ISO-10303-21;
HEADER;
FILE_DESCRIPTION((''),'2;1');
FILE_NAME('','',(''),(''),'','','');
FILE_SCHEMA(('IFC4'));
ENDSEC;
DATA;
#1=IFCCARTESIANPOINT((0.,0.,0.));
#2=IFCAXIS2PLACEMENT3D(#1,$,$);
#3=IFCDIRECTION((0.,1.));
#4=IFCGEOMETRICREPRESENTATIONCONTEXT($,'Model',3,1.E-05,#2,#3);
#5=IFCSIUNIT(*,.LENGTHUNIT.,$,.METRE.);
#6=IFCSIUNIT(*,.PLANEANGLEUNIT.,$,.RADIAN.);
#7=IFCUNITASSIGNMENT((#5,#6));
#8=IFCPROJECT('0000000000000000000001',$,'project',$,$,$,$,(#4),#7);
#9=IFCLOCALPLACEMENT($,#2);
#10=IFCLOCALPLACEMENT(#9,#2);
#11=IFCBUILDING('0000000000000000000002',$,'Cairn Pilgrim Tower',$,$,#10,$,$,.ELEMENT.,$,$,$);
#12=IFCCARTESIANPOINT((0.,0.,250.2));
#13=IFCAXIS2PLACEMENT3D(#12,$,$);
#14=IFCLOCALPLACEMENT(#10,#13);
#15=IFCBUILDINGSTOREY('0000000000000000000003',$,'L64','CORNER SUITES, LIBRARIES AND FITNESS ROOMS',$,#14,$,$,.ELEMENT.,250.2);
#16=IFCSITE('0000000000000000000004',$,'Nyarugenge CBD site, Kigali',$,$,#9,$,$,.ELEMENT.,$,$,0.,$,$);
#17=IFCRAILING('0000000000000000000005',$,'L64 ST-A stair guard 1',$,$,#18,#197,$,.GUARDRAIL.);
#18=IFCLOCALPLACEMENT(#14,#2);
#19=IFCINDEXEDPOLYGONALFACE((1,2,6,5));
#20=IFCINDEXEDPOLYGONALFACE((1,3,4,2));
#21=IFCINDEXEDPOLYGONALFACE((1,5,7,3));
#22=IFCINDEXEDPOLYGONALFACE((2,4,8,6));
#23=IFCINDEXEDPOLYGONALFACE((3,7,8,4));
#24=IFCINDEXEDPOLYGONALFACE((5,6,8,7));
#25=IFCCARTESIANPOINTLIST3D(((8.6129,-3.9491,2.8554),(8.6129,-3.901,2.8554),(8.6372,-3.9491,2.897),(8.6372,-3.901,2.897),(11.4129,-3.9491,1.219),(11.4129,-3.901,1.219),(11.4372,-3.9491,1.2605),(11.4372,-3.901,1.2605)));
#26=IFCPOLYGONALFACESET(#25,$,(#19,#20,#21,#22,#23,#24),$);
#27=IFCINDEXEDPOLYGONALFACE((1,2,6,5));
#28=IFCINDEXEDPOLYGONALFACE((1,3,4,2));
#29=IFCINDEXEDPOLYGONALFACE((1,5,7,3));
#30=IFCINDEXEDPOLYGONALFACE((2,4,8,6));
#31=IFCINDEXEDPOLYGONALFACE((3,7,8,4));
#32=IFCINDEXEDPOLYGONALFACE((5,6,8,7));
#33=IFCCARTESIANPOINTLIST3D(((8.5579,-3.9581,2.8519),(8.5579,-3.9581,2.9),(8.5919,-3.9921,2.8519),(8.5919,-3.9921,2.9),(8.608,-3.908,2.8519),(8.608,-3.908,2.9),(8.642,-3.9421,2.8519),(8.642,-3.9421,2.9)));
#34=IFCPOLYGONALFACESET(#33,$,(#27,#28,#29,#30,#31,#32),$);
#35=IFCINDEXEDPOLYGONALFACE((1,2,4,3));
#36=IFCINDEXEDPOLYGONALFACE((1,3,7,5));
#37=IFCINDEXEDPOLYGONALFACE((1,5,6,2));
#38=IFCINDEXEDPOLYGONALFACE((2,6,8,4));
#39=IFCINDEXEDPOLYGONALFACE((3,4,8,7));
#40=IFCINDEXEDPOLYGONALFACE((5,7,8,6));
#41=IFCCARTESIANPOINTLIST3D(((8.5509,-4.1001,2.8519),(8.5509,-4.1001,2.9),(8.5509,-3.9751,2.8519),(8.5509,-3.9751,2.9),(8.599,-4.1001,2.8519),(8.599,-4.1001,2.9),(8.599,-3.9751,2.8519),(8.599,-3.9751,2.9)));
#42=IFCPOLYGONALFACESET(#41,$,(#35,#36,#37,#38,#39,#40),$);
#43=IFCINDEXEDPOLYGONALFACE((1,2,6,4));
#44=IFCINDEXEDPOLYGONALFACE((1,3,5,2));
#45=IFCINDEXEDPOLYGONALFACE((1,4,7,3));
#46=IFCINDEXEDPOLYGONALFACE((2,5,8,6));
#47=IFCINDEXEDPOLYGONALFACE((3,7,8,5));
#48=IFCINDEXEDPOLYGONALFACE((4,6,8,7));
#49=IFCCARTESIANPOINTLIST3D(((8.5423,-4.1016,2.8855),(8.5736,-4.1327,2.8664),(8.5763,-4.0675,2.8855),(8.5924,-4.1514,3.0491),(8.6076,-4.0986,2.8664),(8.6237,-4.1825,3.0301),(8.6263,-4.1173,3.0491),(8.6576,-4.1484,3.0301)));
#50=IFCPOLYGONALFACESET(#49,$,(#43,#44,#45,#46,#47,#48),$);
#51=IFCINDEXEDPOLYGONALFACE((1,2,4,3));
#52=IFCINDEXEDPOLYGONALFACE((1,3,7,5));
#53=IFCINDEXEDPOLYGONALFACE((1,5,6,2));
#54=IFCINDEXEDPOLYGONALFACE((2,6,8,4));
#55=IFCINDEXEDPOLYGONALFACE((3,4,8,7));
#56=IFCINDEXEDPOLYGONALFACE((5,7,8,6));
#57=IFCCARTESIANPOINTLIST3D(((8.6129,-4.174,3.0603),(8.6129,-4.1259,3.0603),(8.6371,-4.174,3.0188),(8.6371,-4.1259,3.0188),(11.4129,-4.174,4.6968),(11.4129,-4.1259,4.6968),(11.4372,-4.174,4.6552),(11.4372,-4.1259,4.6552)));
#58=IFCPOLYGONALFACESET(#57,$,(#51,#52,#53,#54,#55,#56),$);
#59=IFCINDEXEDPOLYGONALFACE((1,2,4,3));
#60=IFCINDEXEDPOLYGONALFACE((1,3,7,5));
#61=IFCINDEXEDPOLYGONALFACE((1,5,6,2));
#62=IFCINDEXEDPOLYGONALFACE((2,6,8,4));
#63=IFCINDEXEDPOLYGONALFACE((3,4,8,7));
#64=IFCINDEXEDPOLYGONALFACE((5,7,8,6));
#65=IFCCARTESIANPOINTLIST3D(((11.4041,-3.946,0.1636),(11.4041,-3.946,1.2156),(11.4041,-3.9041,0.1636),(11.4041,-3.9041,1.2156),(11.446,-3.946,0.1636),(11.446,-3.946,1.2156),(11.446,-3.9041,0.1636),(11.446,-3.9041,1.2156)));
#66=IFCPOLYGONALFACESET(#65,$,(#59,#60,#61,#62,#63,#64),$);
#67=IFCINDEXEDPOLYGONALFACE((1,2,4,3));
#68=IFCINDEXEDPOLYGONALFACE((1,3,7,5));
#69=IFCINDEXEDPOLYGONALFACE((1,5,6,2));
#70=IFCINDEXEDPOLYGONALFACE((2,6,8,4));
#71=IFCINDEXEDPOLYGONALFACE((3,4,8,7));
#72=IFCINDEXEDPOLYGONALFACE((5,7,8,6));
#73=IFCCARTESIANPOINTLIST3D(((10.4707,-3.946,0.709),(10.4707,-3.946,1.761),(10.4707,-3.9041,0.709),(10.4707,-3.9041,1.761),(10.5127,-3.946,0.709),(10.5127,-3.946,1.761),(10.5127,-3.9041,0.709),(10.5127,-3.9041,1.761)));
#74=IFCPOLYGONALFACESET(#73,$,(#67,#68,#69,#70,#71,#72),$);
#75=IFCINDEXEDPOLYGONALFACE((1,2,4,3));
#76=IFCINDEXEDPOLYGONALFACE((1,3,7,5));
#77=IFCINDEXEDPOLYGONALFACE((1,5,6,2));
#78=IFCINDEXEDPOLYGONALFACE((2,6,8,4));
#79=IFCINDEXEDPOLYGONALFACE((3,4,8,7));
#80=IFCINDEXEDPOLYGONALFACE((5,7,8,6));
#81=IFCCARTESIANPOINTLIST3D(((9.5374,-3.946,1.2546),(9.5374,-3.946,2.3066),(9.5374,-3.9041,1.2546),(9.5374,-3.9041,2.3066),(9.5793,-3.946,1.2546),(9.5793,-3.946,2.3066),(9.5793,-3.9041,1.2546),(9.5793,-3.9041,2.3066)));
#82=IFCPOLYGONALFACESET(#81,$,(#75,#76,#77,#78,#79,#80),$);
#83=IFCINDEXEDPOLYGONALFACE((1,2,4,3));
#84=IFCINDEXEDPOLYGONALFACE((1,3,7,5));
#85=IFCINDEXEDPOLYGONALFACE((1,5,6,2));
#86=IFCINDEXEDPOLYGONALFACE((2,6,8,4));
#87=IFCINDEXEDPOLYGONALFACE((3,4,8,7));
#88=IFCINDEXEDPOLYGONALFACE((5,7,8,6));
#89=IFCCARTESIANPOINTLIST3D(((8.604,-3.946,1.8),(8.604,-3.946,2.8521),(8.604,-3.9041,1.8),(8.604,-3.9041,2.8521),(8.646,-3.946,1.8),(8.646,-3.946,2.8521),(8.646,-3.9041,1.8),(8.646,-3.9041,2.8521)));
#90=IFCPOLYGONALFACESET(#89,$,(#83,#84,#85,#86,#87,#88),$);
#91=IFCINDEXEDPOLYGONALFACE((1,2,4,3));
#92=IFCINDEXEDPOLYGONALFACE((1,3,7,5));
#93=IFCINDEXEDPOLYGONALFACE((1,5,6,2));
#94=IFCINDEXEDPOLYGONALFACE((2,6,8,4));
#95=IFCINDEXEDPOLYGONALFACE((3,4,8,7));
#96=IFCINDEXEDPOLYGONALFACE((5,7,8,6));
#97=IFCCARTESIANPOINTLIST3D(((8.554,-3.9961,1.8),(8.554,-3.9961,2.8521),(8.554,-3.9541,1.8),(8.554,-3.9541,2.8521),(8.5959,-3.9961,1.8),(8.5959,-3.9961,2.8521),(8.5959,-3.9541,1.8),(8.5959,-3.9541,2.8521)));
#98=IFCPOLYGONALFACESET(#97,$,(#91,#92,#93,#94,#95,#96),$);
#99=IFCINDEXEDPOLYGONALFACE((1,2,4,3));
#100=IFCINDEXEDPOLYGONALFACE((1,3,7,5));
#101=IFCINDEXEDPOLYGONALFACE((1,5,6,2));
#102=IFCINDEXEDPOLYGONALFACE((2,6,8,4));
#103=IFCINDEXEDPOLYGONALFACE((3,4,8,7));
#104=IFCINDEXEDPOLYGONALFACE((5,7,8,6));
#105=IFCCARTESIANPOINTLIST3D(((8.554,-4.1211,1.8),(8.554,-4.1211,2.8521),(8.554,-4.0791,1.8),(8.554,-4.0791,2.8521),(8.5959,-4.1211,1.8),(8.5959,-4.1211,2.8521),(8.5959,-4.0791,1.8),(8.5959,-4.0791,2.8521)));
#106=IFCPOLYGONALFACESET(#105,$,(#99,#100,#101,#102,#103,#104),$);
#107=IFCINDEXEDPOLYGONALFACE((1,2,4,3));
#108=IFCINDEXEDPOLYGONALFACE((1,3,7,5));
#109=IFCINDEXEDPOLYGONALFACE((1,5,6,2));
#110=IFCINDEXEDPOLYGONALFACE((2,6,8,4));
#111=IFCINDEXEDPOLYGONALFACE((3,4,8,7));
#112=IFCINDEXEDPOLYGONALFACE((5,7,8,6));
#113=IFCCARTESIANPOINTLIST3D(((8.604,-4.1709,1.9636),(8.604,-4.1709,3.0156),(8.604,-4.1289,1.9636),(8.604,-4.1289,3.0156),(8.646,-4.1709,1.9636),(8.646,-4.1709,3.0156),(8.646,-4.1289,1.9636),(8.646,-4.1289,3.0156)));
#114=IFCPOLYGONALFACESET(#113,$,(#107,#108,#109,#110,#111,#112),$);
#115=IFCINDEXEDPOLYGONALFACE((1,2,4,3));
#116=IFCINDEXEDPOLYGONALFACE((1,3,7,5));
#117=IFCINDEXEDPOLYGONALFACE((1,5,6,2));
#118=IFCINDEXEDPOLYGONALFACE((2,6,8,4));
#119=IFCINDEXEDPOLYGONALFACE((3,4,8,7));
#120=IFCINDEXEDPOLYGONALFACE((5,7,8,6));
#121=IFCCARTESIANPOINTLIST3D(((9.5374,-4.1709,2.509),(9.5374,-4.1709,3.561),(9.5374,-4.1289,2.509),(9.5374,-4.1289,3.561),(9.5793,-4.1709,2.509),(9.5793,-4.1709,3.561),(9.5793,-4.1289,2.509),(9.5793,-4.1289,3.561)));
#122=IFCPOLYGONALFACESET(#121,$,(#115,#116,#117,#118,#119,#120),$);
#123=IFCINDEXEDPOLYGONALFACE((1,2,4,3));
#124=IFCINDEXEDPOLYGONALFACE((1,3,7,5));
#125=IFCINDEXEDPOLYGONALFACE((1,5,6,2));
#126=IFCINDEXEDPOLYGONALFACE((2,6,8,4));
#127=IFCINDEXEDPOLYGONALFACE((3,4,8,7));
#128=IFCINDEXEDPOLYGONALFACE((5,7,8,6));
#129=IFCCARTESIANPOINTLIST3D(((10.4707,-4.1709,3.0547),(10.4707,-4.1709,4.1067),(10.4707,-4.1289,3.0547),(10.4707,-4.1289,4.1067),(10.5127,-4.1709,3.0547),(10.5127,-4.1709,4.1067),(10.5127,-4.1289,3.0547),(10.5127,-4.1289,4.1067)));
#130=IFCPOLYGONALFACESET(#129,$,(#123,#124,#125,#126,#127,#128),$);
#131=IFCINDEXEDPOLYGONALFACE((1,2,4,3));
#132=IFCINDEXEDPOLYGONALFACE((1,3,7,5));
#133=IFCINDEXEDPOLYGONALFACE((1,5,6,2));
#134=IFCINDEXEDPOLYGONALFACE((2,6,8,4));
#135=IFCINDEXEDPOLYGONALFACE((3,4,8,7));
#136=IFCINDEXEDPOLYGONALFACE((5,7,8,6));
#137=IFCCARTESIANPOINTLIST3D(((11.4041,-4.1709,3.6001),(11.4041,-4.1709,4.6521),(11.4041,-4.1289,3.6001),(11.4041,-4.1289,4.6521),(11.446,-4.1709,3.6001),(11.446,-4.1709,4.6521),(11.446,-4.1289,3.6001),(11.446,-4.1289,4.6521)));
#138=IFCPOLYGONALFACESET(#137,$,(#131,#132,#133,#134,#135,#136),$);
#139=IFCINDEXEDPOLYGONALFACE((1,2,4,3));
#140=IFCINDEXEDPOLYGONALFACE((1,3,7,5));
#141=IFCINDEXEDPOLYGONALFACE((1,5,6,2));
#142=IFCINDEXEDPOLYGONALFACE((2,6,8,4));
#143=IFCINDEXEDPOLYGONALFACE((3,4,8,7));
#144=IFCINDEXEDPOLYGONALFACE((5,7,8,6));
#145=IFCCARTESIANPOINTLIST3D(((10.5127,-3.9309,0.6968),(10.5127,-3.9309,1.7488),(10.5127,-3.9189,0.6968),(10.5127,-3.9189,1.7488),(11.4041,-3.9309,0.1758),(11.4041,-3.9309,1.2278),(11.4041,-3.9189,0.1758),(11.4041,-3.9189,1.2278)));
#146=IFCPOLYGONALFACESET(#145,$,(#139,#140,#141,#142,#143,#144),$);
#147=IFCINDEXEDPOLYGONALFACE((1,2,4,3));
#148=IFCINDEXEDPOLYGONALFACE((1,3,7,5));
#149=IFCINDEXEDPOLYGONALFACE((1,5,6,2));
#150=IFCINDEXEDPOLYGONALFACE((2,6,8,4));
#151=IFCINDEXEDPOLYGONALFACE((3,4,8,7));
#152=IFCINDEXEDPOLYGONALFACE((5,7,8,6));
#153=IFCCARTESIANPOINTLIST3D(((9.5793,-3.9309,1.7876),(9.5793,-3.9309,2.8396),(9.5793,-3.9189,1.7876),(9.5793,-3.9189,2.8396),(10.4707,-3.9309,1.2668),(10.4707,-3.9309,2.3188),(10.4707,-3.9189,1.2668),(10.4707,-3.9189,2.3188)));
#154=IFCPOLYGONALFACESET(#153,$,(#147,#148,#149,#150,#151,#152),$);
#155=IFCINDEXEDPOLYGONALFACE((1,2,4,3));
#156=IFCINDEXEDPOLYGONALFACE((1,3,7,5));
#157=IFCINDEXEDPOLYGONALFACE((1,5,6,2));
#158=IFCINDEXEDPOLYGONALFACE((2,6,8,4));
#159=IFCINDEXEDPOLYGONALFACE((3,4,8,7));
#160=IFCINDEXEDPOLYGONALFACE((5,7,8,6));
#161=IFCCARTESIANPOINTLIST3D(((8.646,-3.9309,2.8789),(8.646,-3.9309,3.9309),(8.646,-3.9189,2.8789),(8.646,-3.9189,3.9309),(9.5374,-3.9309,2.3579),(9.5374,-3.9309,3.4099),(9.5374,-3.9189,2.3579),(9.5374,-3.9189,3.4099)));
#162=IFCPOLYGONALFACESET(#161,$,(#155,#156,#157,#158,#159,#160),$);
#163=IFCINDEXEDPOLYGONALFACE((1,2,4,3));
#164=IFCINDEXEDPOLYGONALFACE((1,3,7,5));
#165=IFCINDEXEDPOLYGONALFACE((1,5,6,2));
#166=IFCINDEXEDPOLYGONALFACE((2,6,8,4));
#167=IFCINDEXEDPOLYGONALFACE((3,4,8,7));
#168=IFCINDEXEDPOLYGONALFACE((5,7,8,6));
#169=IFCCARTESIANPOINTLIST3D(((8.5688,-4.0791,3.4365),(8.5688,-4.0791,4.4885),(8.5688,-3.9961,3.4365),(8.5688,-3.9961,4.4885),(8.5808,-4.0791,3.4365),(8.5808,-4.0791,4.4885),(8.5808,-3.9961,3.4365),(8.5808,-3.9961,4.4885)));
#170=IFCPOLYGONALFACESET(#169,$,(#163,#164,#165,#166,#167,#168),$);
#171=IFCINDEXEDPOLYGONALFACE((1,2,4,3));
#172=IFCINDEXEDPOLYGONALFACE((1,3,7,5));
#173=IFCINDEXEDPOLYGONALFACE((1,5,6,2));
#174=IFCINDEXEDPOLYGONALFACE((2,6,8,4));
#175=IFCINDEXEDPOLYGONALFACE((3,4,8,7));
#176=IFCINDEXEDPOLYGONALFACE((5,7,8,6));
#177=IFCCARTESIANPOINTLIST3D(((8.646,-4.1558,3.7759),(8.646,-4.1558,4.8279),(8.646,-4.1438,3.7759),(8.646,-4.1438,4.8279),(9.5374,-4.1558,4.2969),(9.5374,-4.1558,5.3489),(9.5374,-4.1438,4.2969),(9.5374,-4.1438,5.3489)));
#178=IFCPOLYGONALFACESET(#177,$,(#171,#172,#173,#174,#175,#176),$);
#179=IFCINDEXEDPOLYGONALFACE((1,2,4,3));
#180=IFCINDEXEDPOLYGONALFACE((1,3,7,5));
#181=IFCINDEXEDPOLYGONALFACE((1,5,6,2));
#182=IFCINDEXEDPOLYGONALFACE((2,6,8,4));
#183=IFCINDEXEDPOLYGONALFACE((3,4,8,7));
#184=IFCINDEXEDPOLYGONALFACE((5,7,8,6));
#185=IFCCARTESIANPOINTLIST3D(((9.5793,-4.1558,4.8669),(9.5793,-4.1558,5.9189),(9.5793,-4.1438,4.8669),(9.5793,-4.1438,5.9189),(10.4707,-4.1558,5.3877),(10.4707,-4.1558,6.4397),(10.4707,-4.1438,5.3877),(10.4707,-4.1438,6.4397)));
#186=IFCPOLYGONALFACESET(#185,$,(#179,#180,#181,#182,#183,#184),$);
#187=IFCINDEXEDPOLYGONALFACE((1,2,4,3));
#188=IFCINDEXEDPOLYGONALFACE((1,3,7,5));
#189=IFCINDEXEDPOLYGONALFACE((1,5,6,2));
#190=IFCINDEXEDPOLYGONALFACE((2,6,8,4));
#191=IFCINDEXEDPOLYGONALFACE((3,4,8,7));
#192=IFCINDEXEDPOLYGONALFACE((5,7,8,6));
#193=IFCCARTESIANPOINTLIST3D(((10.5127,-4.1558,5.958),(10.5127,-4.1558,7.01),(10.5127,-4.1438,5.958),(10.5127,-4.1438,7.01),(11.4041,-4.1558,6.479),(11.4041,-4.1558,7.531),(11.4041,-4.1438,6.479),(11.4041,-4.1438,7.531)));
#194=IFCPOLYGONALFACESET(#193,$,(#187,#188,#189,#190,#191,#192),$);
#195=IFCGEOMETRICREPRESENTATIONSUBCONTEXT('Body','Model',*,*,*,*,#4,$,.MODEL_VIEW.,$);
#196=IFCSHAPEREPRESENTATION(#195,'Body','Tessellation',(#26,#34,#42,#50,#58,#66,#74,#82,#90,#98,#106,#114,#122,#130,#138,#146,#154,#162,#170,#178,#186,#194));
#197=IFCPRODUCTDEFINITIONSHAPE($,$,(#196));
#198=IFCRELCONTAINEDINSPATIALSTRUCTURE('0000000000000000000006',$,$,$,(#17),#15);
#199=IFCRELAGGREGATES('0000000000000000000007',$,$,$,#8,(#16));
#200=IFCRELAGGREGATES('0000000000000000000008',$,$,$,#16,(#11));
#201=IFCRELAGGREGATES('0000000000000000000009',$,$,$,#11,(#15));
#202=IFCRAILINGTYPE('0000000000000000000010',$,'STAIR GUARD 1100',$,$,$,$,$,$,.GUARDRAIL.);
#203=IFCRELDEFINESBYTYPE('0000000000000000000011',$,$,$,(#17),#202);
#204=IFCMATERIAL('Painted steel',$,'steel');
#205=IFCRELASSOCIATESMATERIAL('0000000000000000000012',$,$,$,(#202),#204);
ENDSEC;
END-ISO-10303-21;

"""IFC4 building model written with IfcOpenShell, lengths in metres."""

from ifc_helpers import new_model, si_unit, direction, frame, origin, origin_2d, place, context, subcontext, project, spatial, polyline, rectangle, outline, extrude, material, type_object, element, save


model = new_model("IFC4")

# Units and contexts
model_context = context("Model", 3, precision=1e-05, world=origin(), true_north=direction((0.0, 1.0)))
body_context = subcontext(model_context, "Body", "Model", "MODEL_VIEW")
ifc_project = project(units=[si_unit("LENGTHUNIT", "METRE"), si_unit("PLANEANGLEUNIT", "RADIAN")], contexts=[model_context])

# Site, building, storey
site_placement = place(None, origin())
site = spatial("IfcSite", under=ifc_project, at=site_placement, Name="Nyarugenge CBD site, Kigali", CompositionType="ELEMENT", RefElevation=0.0)
building_placement = place(site_placement, origin())
building = spatial("IfcBuilding", under=site, at=building_placement, Name="Cairn Pilgrim Tower", CompositionType="ELEMENT")
storey_placement = place(building_placement, frame((0.0, 0.0, 250.2)))
storey = spatial("IfcBuildingStorey", under=building, at=storey_placement, Name="L64", Description="CORNER SUITES, LIBRARIES AND FITNESS ROOMS", CompositionType="ELEMENT", Elevation=250.2)

# Shared definitions
ifc_material_1 = material(Name="Painted steel", Category="steel")

# Railing
railing_type_1 = type_object("IfcRailingType", Name="STAIR GUARD 1100", PredefinedType="GUARDRAIL", material=ifc_material_1)
railing_1_placement = place(storey_placement, frame((11.425, -3.925, 0.1636)))
element("IfcRailing", 1, at=railing_1_placement, inside=storey, type_object=railing_type_1, Name="L64 ST-A stair guard 1", PredefinedType="GUARDRAIL", context=body_context, shape_type="SweptSolid", body=[
    extrude(rectangle(XDim=0.0481, YDim=0.0481, at=origin_2d()), frame((0.0, 0.0, 1.0762), z_axis=(-0.863361, 0.0, 0.504587), x_axis=(0.0, -1.0, 0.0)), (0.0, 0.0, 1.0), 3.2432),
    extrude(rectangle(XDim=0.0481, YDim=0.0481, at=origin_2d()), frame((-2.8, 0.0, 2.7124), z_axis=(-0.707107, -0.707107, 0.0), x_axis=(0.707107, -0.707107, 0.0)), (0.0, 0.0, 1.0), 0.0708),
    extrude(rectangle(XDim=0.0481, YDim=0.0481, at=origin_2d()), frame((-2.8501, -0.05, 2.7124), z_axis=(0.0, -1.0, 0.0), x_axis=(1.0, 0.0, 0.0)), (0.0, 0.0, 1.0), 0.125),
    extrude(rectangle(XDim=0.0481, YDim=0.0481, at=origin_2d()), frame((-2.8501, -0.175, 2.7124), z_axis=(0.280917, -0.279546, 0.918118), x_axis=(0.705376, 0.708834, 0.0)), (0.0, 0.0, 1.0), 0.1782),
    extrude(rectangle(XDim=0.0481, YDim=0.0481, at=origin_2d()), frame((-2.8, -0.2249, 2.876), z_axis=(0.863361, 0.0, 0.504587), x_axis=(0.0, 1.0, 0.0)), (0.0, 0.0, 1.0), 3.2432),
    extrude(rectangle(XDim=0.042, YDim=0.042, at=origin_2d()), origin(), (0.0, 0.0, 1.0), 1.052),
    extrude(rectangle(XDim=0.042, YDim=0.042, at=origin_2d()), frame((-0.9333, 0.0, 0.5454)), (0.0, 0.0, 1.0), 1.052),
    extrude(rectangle(XDim=0.042, YDim=0.042, at=origin_2d()), frame((-1.8667, 0.0, 1.0911)), (0.0, 0.0, 1.0), 1.052),
    extrude(rectangle(XDim=0.042, YDim=0.042, at=origin_2d()), frame((-2.8, 0.0, 1.6365)), (0.0, 0.0, 1.0), 1.052),
    extrude(rectangle(XDim=0.042, YDim=0.042, at=origin_2d()), frame((-2.8501, -0.05, 1.6365)), (0.0, 0.0, 1.0), 1.052),
    extrude(rectangle(XDim=0.042, YDim=0.042, at=origin_2d()), frame((-2.8501, -0.175, 1.6365)), (0.0, 0.0, 1.0), 1.052),
    extrude(rectangle(XDim=0.042, YDim=0.042, at=origin_2d()), frame((-2.8, -0.2249, 1.8)), (0.0, 0.0, 1.0), 1.052),
    extrude(rectangle(XDim=0.042, YDim=0.042, at=origin_2d()), frame((-1.8667, -0.2249, 2.3455)), (0.0, 0.0, 1.0), 1.052),
    extrude(rectangle(XDim=0.042, YDim=0.042, at=origin_2d()), frame((-0.9333, -0.2249, 2.8911)), (0.0, 0.0, 1.0), 1.052),
    extrude(rectangle(XDim=0.042, YDim=0.042, at=origin_2d()), frame((0.0, -0.2249, 3.4365)), (0.0, 0.0, 1.0), 1.052),
    extrude(outline(polyline([(0.021, 0.0122), (0.9124, 0.5332), (0.9124, 1.5852), (0.021, 1.0642), (0.021, 0.0122)])), frame((0.0, -0.0059, 0.0), z_axis=(0.0, 1.0, 0.0), x_axis=(-1.0, 0.0, 0.0)), (0.0, 0.0, 1.0), 0.012),
    extrude(outline(polyline([(0.021, 0.5579), (0.9124, 1.0786), (0.9124, 2.1306), (0.021, 1.6099), (0.021, 0.5579)])), frame((-0.9333, -0.0059, 0.5454), z_axis=(0.0, 1.0, 0.0), x_axis=(-1.0, 0.0, 0.0)), (0.0, 0.0, 1.0), 0.012),
    extrude(outline(polyline([(0.021, 1.1033), (0.9124, 1.6243), (0.9124, 2.6763), (0.021, 2.1553), (0.021, 1.1033)])), frame((-1.8667, -0.0059, 1.0911), z_axis=(0.0, 1.0, 0.0), x_axis=(-1.0, 0.0, 0.0)), (0.0, 0.0, 1.0), 0.012),
    extrude(outline(polyline([(0.021, 1.6365), (0.104, 1.6365), (0.104, 2.6885), (0.021, 2.6885), (0.021, 1.6365)])), frame((-2.8442, -0.05, 1.6365), z_axis=(-1.0, 0.0, 0.0), x_axis=(0.0, -1.0, 0.0)), (0.0, 0.0, 1.0), 0.012),
    extrude(outline(polyline([(0.021, 1.8123), (0.9124, 2.3333), (0.9124, 3.3853), (0.021, 2.8643), (0.021, 1.8123)])), frame((-2.8, -0.2188, 1.8), z_axis=(0.0, -1.0, 0.0), x_axis=(1.0, 0.0, 0.0)), (0.0, 0.0, 1.0), 0.012),
    extrude(outline(polyline([(0.021, 2.3579), (0.9124, 2.8787), (0.9124, 3.9307), (0.021, 3.4099), (0.021, 2.3579)])), frame((-1.8667, -0.2188, 2.3455), z_axis=(0.0, -1.0, 0.0), x_axis=(1.0, 0.0, 0.0)), (0.0, 0.0, 1.0), 0.012),
    extrude(outline(polyline([(0.021, 2.9033), (0.9124, 3.4243), (0.9124, 4.4763), (0.021, 3.9553), (0.021, 2.9033)])), frame((-0.9333, -0.2188, 2.8911), z_axis=(0.0, -1.0, 0.0), x_axis=(1.0, 0.0, 0.0)), (0.0, 0.0, 1.0), 0.012),
])

save(model, "model.ifc")
